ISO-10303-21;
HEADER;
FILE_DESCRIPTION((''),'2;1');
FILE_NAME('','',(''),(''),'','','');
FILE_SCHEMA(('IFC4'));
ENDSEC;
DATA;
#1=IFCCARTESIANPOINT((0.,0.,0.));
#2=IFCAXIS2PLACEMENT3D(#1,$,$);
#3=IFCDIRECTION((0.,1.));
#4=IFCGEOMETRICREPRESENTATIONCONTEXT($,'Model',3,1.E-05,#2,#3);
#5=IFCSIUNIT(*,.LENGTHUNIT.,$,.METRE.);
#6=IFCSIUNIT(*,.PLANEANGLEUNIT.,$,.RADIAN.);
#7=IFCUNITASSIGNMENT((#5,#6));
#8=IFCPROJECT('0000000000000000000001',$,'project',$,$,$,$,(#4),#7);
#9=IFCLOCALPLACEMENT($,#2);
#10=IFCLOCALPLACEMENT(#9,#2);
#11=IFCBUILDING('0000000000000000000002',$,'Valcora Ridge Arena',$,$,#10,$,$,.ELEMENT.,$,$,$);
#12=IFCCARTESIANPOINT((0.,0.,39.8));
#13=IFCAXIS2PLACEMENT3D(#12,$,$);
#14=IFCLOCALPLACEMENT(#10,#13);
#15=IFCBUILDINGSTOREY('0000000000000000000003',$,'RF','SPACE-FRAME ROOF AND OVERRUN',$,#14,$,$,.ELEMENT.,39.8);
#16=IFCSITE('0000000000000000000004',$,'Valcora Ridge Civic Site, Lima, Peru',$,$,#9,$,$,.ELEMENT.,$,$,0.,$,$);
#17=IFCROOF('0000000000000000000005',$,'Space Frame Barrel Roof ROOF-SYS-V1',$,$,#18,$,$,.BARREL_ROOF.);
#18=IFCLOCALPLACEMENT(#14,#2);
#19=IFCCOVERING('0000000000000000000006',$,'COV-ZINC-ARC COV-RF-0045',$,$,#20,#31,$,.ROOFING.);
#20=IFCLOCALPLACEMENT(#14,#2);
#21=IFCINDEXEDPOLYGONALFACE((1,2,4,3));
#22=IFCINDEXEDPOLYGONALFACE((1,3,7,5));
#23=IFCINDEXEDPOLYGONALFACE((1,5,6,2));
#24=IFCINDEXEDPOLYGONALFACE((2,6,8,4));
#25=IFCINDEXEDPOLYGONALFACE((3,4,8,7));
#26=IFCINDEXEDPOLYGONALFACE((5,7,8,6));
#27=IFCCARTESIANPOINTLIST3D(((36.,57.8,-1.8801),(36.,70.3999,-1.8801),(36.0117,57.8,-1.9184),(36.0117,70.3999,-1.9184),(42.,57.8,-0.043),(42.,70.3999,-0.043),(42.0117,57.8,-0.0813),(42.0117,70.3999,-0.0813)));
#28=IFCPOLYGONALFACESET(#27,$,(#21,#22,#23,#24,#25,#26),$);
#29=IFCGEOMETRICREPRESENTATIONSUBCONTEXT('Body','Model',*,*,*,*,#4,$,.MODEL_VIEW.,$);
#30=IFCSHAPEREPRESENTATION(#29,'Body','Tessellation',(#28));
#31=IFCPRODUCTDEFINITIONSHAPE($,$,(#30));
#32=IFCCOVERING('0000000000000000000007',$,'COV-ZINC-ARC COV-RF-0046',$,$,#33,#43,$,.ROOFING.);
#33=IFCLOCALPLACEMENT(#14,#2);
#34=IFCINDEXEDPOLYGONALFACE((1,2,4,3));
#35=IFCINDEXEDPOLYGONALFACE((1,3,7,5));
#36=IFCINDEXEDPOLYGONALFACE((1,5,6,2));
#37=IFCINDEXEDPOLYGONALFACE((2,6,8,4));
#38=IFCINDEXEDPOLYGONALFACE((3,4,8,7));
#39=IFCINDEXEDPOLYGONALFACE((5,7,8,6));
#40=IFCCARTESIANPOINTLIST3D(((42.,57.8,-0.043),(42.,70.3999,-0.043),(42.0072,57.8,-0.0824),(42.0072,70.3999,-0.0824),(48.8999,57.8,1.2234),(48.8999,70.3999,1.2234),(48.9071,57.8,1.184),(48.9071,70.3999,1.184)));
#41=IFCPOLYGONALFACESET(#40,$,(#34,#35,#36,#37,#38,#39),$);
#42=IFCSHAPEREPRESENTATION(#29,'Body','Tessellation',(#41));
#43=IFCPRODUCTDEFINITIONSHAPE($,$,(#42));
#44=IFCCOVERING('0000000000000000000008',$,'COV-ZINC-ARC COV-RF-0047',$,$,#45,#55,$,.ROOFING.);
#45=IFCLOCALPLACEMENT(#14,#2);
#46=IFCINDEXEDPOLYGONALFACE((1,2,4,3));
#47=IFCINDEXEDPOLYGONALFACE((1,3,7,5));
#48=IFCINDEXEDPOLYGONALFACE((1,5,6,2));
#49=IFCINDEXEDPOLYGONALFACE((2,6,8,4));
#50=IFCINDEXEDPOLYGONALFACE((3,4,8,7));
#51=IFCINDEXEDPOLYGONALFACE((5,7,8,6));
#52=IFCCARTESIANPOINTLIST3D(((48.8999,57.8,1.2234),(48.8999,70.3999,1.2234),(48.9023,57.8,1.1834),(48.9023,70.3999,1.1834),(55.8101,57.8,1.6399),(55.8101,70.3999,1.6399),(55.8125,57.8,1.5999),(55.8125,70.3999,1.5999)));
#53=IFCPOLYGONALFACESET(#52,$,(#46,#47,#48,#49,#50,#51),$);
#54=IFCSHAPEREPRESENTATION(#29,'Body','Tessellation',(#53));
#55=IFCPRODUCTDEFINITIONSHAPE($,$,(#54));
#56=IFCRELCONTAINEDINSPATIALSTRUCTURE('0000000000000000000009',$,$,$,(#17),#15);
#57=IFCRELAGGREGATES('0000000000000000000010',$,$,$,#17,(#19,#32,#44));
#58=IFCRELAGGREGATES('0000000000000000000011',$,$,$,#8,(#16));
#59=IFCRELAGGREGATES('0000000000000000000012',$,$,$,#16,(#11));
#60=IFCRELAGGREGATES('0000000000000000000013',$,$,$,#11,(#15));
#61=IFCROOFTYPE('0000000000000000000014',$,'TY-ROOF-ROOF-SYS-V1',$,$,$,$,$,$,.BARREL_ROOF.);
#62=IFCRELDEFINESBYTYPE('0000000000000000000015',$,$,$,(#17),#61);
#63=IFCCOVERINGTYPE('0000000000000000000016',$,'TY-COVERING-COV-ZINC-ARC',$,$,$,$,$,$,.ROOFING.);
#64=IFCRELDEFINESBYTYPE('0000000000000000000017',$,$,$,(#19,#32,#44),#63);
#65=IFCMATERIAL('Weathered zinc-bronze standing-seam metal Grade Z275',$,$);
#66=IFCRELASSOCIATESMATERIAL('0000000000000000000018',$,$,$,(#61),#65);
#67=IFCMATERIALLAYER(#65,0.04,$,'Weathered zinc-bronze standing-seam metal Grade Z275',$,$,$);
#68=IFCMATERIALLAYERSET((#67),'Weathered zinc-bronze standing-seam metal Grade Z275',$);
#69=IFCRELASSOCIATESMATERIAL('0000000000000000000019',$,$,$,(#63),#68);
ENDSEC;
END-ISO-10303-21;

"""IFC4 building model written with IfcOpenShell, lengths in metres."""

from ifc_helpers import new_model, si_unit, direction, frame, origin, place, context, subcontext, project, spatial, polyline, outline, extrude, material, layer, layer_set, type_object, element, aggregate, save


model = new_model("IFC4")

# Units and contexts
model_context = context("Model", 3, precision=1e-05, world=origin(), true_north=direction((0.0, 1.0)))
body_context = subcontext(model_context, "Body", "Model", "MODEL_VIEW")
ifc_project = project(units=[si_unit("LENGTHUNIT", "METRE"), si_unit("PLANEANGLEUNIT", "RADIAN")], contexts=[model_context])

# Site, building, storey
site_placement = place(None, origin())
site = spatial("IfcSite", under=ifc_project, at=site_placement, Name="Valcora Ridge Civic Site, Lima, Peru", CompositionType="ELEMENT", RefElevation=0.0)
building_placement = place(site_placement, origin())
building = spatial("IfcBuilding", under=site, at=building_placement, Name="Valcora Ridge Arena", CompositionType="ELEMENT")
storey_placement = place(building_placement, frame((0.0, 0.0, 39.8)))
storey = spatial("IfcBuildingStorey", under=building, at=storey_placement, Name="RF", Description="SPACE-FRAME ROOF AND OVERRUN", CompositionType="ELEMENT", Elevation=39.8)

# Roof, coverings
ifc_material_1 = material(Name="Weathered zinc-bronze standing-seam metal Grade Z275")
roof_type = type_object("IfcRoofType", Name="TY-ROOF-ROOF-SYS-V1", PredefinedType="BARREL_ROOF", material=ifc_material_1)
roof_placement = place(storey_placement, origin())
roof = element("IfcRoof", 1, at=roof_placement, inside=storey, type_object=roof_type, Name="Space Frame Barrel Roof ROOF-SYS-V1", PredefinedType="BARREL_ROOF")
ifc_layer_1 = layer(ifc_material_1, 0.04, Name="Weathered zinc-bronze standing-seam metal Grade Z275")
ifc_layer_set_1 = layer_set([ifc_layer_1], Name="Weathered zinc-bronze standing-seam metal Grade Z275")
covering_type = type_object("IfcCoveringType", Name="TY-COVERING-COV-ZINC-ARC", PredefinedType="ROOFING", material=ifc_layer_set_1)
covering_1_placement = place(storey_placement, frame((36.0, 57.8, -1.8801), z_axis=(-0.292776, 0.0, 0.956181), x_axis=(0.956181, 0.0, 0.292776)))
covering_1 = element("IfcCovering", 2, at=covering_1_placement, type_object=covering_type, Name="COV-ZINC-ARC COV-RF-0045", PredefinedType="ROOFING", context=body_context, shape_type="SweptSolid", body=[
    extrude(outline(polyline([(0.0, 0.0), (6.275, 0.0), (6.275, 12.5999), (0.0, 12.5999), (0.0, 0.0)])), origin(), (0.0, 0.0, -1.0), 0.04),
])
covering_2_placement = place(storey_placement, frame((42.0, 57.8, -0.043), z_axis=(-0.180518, 0.0, 0.983572), x_axis=(0.983572, 0.0, 0.180518)))
covering_2 = element("IfcCovering", 3, at=covering_2_placement, type_object=covering_type, Name="COV-ZINC-ARC COV-RF-0046", PredefinedType="ROOFING", context=body_context, shape_type="SweptSolid", body=[
    extrude(outline(polyline([(0.0, 0.0), (7.0151, 0.0), (7.0151, 12.5999), (0.0, 12.5999), (0.0, 0.0)])), origin(), (0.0, 0.0, -1.0), 0.04),
])
covering_3_placement = place(storey_placement, frame((48.8999, 57.8, 1.2234), z_axis=(-0.060165, 0.0, 0.998188), x_axis=(0.998188, 0.0, 0.060165)))
covering_3 = element("IfcCovering", 4, at=covering_3_placement, type_object=covering_type, Name="COV-ZINC-ARC COV-RF-0047", PredefinedType="ROOFING", context=body_context, shape_type="SweptSolid", body=[
    extrude(outline(polyline([(0.0, 0.0), (6.9227, 0.0), (6.9227, 12.5999), (0.0, 12.5999), (0.0, 0.0)])), origin(), (0.0, 0.0, -1.0), 0.04),
])
aggregate(roof, [covering_1, covering_2, covering_3])

save(model, "model.ifc")
